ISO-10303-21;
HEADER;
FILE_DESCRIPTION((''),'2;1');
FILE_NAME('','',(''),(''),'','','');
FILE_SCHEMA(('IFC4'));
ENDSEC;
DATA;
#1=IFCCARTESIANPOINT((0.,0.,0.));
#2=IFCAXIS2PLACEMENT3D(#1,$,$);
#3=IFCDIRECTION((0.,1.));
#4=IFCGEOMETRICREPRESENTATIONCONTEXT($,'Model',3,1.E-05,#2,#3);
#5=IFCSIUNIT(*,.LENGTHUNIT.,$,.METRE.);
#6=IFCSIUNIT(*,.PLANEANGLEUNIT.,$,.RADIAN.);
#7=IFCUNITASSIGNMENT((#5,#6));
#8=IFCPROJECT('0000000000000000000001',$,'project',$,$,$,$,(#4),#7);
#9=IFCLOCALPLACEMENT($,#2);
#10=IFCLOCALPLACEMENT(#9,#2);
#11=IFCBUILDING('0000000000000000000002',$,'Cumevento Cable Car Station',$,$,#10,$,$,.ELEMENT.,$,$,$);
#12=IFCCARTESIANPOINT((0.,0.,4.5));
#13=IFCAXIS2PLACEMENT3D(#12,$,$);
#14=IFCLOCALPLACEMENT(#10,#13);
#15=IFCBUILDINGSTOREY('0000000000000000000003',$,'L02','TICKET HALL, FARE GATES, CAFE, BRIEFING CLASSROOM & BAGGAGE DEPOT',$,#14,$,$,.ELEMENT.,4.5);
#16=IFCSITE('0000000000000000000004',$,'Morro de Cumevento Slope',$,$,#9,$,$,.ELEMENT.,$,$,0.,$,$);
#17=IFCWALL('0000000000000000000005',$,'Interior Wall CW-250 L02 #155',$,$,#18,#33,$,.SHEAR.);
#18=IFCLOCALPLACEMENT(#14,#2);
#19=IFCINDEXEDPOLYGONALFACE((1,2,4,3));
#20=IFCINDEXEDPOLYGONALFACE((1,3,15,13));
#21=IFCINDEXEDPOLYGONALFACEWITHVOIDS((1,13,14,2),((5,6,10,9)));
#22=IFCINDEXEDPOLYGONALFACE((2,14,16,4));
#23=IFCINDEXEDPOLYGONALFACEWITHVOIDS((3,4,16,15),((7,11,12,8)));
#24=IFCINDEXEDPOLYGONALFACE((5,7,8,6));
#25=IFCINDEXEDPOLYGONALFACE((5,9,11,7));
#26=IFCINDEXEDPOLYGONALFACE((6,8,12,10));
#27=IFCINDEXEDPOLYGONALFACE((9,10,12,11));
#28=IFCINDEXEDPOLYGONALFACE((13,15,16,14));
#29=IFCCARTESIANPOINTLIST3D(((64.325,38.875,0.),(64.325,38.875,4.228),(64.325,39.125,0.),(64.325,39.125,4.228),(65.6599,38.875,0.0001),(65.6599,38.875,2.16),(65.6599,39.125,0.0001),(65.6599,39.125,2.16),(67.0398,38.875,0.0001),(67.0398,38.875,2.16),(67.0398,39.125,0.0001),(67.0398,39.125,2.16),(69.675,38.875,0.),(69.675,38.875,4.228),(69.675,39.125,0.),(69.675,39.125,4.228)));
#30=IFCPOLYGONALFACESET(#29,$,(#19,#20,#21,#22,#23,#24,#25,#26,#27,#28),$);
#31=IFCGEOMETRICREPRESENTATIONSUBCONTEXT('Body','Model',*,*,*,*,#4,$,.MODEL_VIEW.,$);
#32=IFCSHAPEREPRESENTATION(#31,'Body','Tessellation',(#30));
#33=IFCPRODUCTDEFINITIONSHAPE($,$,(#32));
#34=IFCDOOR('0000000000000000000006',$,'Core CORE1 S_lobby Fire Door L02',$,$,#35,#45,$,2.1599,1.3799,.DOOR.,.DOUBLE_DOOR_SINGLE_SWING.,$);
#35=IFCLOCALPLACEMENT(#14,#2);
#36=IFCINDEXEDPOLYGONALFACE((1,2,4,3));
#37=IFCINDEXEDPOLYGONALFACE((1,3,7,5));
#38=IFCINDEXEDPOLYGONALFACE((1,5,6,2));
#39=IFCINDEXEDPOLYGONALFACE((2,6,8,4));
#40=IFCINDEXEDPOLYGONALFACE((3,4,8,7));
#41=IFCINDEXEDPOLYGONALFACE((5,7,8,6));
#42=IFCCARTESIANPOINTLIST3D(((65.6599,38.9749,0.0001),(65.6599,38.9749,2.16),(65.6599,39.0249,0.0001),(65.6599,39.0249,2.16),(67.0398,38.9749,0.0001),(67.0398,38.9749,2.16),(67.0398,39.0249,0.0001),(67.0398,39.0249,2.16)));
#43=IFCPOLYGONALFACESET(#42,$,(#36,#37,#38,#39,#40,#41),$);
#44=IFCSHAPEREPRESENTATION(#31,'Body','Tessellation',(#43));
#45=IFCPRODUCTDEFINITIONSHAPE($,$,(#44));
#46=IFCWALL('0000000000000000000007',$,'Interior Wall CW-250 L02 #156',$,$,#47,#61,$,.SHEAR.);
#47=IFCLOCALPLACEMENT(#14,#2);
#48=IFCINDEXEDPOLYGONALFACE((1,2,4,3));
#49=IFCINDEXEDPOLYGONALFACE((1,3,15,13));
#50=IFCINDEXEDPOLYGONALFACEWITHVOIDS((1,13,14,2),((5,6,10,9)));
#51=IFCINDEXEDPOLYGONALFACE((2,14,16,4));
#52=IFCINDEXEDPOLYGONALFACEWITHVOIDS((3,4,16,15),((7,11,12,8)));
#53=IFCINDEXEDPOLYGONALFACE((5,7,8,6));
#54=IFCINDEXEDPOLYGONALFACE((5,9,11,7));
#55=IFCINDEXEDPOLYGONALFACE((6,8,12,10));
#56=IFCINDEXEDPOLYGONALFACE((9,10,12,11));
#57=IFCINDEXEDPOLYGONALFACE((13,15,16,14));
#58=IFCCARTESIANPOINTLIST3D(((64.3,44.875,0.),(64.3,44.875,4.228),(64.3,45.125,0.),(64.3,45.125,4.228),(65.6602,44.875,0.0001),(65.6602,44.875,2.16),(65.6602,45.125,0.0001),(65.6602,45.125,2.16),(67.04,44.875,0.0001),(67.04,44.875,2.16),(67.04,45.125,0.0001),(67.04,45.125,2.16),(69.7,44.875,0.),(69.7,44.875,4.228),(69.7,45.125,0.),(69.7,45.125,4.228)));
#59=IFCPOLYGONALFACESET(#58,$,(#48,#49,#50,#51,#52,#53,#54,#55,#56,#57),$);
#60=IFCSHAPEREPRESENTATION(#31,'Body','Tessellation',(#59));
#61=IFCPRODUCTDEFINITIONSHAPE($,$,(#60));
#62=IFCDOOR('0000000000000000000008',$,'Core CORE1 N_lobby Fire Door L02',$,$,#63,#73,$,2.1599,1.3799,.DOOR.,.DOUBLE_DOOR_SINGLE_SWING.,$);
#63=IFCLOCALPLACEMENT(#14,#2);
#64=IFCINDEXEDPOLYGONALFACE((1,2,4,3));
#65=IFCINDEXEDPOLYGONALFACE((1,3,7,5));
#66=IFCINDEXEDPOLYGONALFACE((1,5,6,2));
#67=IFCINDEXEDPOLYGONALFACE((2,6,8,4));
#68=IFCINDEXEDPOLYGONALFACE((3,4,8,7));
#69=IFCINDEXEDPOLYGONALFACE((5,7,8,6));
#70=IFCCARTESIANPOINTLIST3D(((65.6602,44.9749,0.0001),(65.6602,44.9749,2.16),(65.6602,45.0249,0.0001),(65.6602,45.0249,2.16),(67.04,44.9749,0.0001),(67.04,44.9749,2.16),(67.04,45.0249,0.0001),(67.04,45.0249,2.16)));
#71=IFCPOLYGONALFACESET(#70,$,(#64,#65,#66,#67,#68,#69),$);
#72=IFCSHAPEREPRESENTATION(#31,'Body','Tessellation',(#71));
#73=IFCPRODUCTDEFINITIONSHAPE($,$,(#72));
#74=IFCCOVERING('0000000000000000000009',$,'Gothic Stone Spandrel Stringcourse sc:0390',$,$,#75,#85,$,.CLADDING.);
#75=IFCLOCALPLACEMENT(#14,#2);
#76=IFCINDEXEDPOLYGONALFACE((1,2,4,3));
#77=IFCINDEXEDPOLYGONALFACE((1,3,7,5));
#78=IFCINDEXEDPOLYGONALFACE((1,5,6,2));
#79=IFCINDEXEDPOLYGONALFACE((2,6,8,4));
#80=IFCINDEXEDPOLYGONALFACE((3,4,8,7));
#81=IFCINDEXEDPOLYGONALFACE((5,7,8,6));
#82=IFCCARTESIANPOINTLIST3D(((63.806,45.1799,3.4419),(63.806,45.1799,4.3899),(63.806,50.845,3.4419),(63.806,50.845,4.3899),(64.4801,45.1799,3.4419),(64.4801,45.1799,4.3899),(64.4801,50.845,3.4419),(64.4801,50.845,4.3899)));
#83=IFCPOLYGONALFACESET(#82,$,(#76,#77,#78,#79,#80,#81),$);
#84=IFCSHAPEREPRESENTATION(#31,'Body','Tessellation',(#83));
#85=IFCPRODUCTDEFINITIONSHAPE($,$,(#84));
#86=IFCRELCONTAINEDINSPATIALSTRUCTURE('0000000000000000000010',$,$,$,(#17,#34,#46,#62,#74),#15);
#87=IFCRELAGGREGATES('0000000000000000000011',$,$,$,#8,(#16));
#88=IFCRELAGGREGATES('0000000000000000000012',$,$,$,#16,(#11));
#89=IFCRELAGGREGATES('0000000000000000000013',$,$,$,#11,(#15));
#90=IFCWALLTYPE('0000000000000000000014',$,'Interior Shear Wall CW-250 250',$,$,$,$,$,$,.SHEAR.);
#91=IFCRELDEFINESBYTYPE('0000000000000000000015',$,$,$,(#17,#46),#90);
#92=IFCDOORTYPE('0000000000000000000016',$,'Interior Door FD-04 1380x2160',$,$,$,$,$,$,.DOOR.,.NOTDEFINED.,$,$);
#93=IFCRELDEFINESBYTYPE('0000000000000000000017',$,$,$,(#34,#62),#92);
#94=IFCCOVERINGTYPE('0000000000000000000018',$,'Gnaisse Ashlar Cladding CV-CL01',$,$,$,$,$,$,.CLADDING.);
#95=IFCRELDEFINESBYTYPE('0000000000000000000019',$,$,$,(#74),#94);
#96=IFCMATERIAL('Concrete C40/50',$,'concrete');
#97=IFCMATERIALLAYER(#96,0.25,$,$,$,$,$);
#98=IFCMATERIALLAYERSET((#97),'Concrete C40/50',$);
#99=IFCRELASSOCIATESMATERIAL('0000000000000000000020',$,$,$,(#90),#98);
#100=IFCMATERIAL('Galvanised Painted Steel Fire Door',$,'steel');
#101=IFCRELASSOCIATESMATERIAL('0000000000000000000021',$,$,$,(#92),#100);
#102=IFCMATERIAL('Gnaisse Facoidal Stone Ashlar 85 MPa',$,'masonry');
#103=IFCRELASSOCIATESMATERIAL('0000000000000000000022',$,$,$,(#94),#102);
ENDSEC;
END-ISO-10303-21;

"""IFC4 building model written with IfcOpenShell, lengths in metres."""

from ifc_helpers import new_model, si_unit, direction, frame, frame_2d, origin, origin_2d, place, context, subcontext, project, spatial, rectangle, extrude, material, layer, layer_set, type_object, element, fill, save


model = new_model("IFC4")

# Units and contexts
model_context = context("Model", 3, precision=1e-05, world=origin(), true_north=direction((0.0, 1.0)))
body_context = subcontext(model_context, "Body", "Model", "MODEL_VIEW")
ifc_project = project(units=[si_unit("LENGTHUNIT", "METRE"), si_unit("PLANEANGLEUNIT", "RADIAN")], contexts=[model_context])

# Site, building, storey
site_placement = place(None, origin())
site = spatial("IfcSite", under=ifc_project, at=site_placement, Name="Morro de Cumevento Slope", CompositionType="ELEMENT", RefElevation=0.0)
building_placement = place(site_placement, origin())
building = spatial("IfcBuilding", under=site, at=building_placement, Name="Cumevento Cable Car Station", CompositionType="ELEMENT")
storey_placement = place(building_placement, frame((0.0, 0.0, 4.5)))
storey = spatial("IfcBuildingStorey", under=building, at=storey_placement, Name="L02", Description="TICKET HALL, FARE GATES, CAFE, BRIEFING CLASSROOM & BAGGAGE DEPOT", CompositionType="ELEMENT", Elevation=4.5)

# Walls, openings, doors
ifc_material_1 = material(Name="Concrete C40/50", Category="concrete")
ifc_layer_1 = layer(ifc_material_1, 0.25)
ifc_layer_set_1 = layer_set([ifc_layer_1], Name="Concrete C40/50")
wall_type = type_object("IfcWallType", Name="Interior Shear Wall CW-250 250", PredefinedType="SHEAR", material=ifc_layer_set_1)
wall_1_placement = place(storey_placement, frame((64.325, 39.0, 0.0), z_axis=(0.0, 0.0, 1.0), x_axis=(1.0, 0.0, 0.0)))
wall_1 = element("IfcWall", 1, at=wall_1_placement, inside=storey, type_object=wall_type, Name="Interior Wall CW-250 L02 #155", PredefinedType="SHEAR", context=body_context, shape_type="SweptSolid", body=[
    extrude(rectangle(XDim=5.3501, YDim=0.25, at=frame_2d((2.675, 0.0))), origin(), (0.0, 0.0, 1.0), 4.228),
])
opening_1_placement = place(wall_1_placement, frame((1.335, 0.0, 0.0)))
opening_1 = element("IfcOpeningElement", 2, at=opening_1_placement, cuts=wall_1, PredefinedType="OPENING", context=body_context, shape_type="SweptSolid", body=[
    extrude(rectangle(XDim=1.3799, YDim=2.1599, at=frame_2d((0.6899, 1.0801))), frame((0.0, 0.135, 0.0), z_axis=(0.0, -1.0, 0.0), x_axis=(1.0, 0.0, 0.0)), (0.0, 0.0, 1.0), 0.27),
])
ifc_material_2 = material(Name="Galvanised Painted Steel Fire Door", Category="steel")
door_type_1 = type_object("IfcDoorType", Name="Interior Door FD-04 1380x2160", OperationType="NOTDEFINED", PredefinedType="DOOR", material=ifc_material_2)
door_1_placement = place(opening_1_placement, origin())
door_1 = element("IfcDoor", 3, at=door_1_placement, inside=storey, type_object=door_type_1, Name="Core CORE1 S_lobby Fire Door L02", OperationType="DOUBLE_DOOR_SINGLE_SWING", OverallHeight=2.1599, OverallWidth=1.3799, PredefinedType="DOOR", context=body_context, shape_type="SweptSolid", body=[
    extrude(rectangle(XDim=1.3799, YDim=2.1599, at=frame_2d((0.6899, 1.0801))), frame((0.0, 0.0249, 0.0), z_axis=(0.0, -1.0, 0.0), x_axis=(1.0, 0.0, 0.0)), (0.0, 0.0, 1.0), 0.05),
])
fill(opening_1, door_1)
wall_2_placement = place(storey_placement, frame((64.3, 45.0, 0.0), z_axis=(0.0, 0.0, 1.0), x_axis=(1.0, 0.0, 0.0)))
wall_2 = element("IfcWall", 4, at=wall_2_placement, inside=storey, type_object=wall_type, Name="Interior Wall CW-250 L02 #156", PredefinedType="SHEAR", context=body_context, shape_type="SweptSolid", body=[
    extrude(rectangle(XDim=5.3999, YDim=0.25, at=frame_2d((2.7, 0.0))), origin(), (0.0, 0.0, 1.0), 4.228),
])
opening_2_placement = place(wall_2_placement, frame((1.3601, 0.0, 0.0)))
opening_2 = element("IfcOpeningElement", 5, at=opening_2_placement, cuts=wall_2, PredefinedType="OPENING", context=body_context, shape_type="SweptSolid", body=[
    extrude(rectangle(XDim=1.3799, YDim=2.1599, at=frame_2d((0.6899, 1.0801))), frame((0.0, 0.135, 0.0), z_axis=(0.0, -1.0, 0.0), x_axis=(1.0, 0.0, 0.0)), (0.0, 0.0, 1.0), 0.27),
])
door_2_placement = place(opening_2_placement, origin())
door_2 = element("IfcDoor", 6, at=door_2_placement, inside=storey, type_object=door_type_1, Name="Core CORE1 N_lobby Fire Door L02", OperationType="DOUBLE_DOOR_SINGLE_SWING", OverallHeight=2.1599, OverallWidth=1.3799, PredefinedType="DOOR", context=body_context, shape_type="SweptSolid", body=[
    extrude(rectangle(XDim=1.3799, YDim=2.1599, at=frame_2d((0.6899, 1.0801))), frame((0.0, 0.0249, 0.0), z_axis=(0.0, -1.0, 0.0), x_axis=(1.0, 0.0, 0.0)), (0.0, 0.0, 1.0), 0.05),
])
fill(opening_2, door_2)

# Covering
ifc_material_3 = material(Name="Gnaisse Facoidal Stone Ashlar 85 MPa", Category="masonry")
covering_type = type_object("IfcCoveringType", Name="Gnaisse Ashlar Cladding CV-CL01", PredefinedType="CLADDING", material=ifc_material_3)
covering_1_placement = place(storey_placement, frame((64.1431, 48.0125, 3.4419), z_axis=(0.0, 0.0, 1.0), x_axis=(0.0, 1.0, 0.0)))
element("IfcCovering", 7, at=covering_1_placement, inside=storey, type_object=covering_type, Name="Gothic Stone Spandrel Stringcourse sc:0390", PredefinedType="CLADDING", context=body_context, shape_type="SweptSolid", body=[
    extrude(rectangle(XDim=5.665, YDim=0.6741, at=origin_2d()), origin(), (0.0, 0.0, 1.0), 0.948),
])

save(model, "model.ifc")
